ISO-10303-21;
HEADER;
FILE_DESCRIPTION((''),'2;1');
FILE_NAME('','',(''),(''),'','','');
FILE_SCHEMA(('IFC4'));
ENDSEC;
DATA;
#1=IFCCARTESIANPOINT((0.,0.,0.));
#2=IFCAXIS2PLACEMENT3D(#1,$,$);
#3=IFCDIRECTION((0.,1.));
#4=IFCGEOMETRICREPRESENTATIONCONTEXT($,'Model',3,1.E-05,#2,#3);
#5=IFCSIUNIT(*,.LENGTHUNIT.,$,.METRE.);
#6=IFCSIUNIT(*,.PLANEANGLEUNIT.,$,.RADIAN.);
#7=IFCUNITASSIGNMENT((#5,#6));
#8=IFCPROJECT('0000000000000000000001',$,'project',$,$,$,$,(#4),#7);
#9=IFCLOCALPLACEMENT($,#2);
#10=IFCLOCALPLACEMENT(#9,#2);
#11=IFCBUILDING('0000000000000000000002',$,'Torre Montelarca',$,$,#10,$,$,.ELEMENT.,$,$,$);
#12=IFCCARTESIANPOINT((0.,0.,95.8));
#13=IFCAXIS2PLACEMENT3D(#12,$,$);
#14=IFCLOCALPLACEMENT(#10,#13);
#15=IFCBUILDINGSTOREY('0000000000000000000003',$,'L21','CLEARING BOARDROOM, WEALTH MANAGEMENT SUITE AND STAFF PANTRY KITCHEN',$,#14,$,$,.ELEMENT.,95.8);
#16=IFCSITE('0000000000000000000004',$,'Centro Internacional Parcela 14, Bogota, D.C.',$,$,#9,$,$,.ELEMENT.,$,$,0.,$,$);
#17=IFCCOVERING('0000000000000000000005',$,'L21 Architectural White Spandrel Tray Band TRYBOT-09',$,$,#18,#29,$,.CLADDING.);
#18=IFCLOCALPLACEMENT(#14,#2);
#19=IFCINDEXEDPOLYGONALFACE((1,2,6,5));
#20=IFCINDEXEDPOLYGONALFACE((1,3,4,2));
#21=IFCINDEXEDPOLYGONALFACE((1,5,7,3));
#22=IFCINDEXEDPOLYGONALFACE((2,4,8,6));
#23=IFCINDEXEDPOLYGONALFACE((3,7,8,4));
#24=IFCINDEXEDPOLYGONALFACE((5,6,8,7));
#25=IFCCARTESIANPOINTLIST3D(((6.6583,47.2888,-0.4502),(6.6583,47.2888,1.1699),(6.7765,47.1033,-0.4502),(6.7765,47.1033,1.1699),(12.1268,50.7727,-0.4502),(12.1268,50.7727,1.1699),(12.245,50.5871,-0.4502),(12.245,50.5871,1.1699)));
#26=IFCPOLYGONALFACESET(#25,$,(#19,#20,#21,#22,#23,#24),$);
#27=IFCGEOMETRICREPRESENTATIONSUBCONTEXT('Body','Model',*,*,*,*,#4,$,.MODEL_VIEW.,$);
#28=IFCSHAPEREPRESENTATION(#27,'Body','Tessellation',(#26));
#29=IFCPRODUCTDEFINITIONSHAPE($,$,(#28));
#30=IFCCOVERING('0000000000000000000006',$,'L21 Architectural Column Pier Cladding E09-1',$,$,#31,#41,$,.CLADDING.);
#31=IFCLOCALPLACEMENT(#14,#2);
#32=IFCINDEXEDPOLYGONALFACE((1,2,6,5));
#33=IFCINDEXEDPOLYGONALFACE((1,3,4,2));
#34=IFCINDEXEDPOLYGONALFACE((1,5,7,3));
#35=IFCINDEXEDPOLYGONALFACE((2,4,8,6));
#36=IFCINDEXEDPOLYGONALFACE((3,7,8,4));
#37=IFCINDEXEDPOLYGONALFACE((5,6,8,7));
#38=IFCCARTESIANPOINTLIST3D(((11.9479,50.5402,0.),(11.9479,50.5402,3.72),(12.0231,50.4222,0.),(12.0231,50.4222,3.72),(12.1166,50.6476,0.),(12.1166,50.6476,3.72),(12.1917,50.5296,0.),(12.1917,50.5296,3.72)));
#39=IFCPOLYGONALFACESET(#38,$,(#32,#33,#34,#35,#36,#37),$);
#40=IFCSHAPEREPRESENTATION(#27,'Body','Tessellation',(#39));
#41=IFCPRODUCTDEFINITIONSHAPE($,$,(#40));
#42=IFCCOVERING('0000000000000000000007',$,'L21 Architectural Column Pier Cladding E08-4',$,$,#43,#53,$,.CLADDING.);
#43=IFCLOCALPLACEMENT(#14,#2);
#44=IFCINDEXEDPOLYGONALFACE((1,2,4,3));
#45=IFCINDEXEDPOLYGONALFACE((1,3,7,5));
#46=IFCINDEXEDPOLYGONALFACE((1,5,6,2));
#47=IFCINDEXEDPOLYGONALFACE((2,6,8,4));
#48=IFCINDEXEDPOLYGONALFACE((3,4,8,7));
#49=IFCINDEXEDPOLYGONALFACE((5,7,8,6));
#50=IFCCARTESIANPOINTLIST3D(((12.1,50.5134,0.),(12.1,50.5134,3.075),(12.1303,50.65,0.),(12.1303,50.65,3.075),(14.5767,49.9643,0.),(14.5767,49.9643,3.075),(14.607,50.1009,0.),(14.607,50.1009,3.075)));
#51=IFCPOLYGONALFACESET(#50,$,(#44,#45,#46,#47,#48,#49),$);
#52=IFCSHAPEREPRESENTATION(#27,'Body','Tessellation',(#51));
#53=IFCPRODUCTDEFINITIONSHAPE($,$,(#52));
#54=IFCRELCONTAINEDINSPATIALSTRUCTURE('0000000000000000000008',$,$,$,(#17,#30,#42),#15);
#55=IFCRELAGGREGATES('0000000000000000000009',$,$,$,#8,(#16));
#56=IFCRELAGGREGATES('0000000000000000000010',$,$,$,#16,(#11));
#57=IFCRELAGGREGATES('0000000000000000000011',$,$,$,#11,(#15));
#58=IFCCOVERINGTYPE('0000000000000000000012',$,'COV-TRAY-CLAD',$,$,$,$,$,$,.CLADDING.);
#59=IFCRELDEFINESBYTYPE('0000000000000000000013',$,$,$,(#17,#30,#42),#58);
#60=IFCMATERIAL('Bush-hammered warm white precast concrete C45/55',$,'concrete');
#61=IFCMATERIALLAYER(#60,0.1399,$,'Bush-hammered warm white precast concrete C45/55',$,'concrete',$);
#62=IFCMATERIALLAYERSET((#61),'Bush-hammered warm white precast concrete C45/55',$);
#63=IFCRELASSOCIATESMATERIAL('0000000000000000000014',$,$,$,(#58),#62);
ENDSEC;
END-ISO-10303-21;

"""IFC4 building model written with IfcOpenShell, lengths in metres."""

from ifc_helpers import new_model, si_unit, direction, frame, origin, origin_2d, place, context, subcontext, project, spatial, rectangle, extrude, source, transform, mapped, material, layer, layer_set, type_object, element, save


model = new_model("IFC4")

# Units and contexts
model_context = context("Model", 3, precision=1e-05, world=origin(), true_north=direction((0.0, 1.0)))
body_context = subcontext(model_context, "Body", "Model", "MODEL_VIEW")
ifc_project = project(units=[si_unit("LENGTHUNIT", "METRE"), si_unit("PLANEANGLEUNIT", "RADIAN")], contexts=[model_context])

# Site, building, storey
site_placement = place(None, origin())
site = spatial("IfcSite", under=ifc_project, at=site_placement, Name="Centro Internacional Parcela 14, Bogota, D.C.", CompositionType="ELEMENT", RefElevation=0.0)
building_placement = place(site_placement, origin())
building = spatial("IfcBuilding", under=site, at=building_placement, Name="Torre Montelarca", CompositionType="ELEMENT")
storey_placement = place(building_placement, frame((0.0, 0.0, 95.8)))
storey = spatial("IfcBuildingStorey", under=building, at=storey_placement, Name="L21", Description="CLEARING BOARDROOM, WEALTH MANAGEMENT SUITE AND STAFF PANTRY KITCHEN", CompositionType="ELEMENT", Elevation=95.8)

# Coverings
ifc_material_1 = material(Name="Bush-hammered warm white precast concrete C45/55", Category="concrete")
ifc_layer_1 = layer(ifc_material_1, 0.1399, Name="Bush-hammered warm white precast concrete C45/55", Category="concrete")
ifc_layer_set_1 = layer_set([ifc_layer_1], Name="Bush-hammered warm white precast concrete C45/55")
covering_type = type_object("IfcCoveringType", Name="COV-TRAY-CLAD", PredefinedType="CLADDING", material=ifc_layer_set_1)
shared_shape_1 = source(origin(), body_context, "Body", "SweptSolid", [
    extrude(rectangle(XDim=6.4839, YDim=0.22, at=origin_2d()), origin(), (0.0, 0.0, 1.0), 1.6201),
])
covering_1_placement = place(storey_placement, frame((9.4517, 48.938, -0.4502), z_axis=(0.0, 0.0, 1.0), x_axis=(-0.843388, -0.537305, 0.0)))
element("IfcCovering", 1, at=covering_1_placement, inside=storey, type_object=covering_type, Name="L21 Architectural White Spandrel Tray Band TRYBOT-09", PredefinedType="CLADDING", context=body_context, shape_type="MappedRepresentation", body=[
    mapped(shared_shape_1, transform((0.0, 0.0, 0.0), scale=1.0)),
])
shared_shape_2 = source(origin(), body_context, "Body", "SweptSolid", [
    extrude(rectangle(XDim=0.2, YDim=0.1399, at=origin_2d()), origin(), (0.0, 0.0, 1.0), 3.72),
])
covering_2_placement = place(storey_placement, frame((12.0698, 50.5349, 0.0), z_axis=(0.0, 0.0, 1.0), x_axis=(-0.843382, -0.537314, 0.0)))
element("IfcCovering", 2, at=covering_2_placement, inside=storey, type_object=covering_type, Name="L21 Architectural Column Pier Cladding E09-1", PredefinedType="CLADDING", context=body_context, shape_type="MappedRepresentation", body=[
    mapped(shared_shape_2, transform((0.0, 0.0, 0.0), scale=1.0)),
])
shared_shape_3 = source(origin(), body_context, "Body", "SweptSolid", [
    extrude(rectangle(XDim=2.5369, YDim=0.1399, at=origin_2d()), origin(), (0.0, 0.0, 1.0), 3.075),
])
covering_3_placement = place(storey_placement, frame((13.3535, 50.3071, 0.0), z_axis=(0.0, 0.0, 1.0), x_axis=(-0.976296, 0.21644, 0.0)))
element("IfcCovering", 3, at=covering_3_placement, inside=storey, type_object=covering_type, Name="L21 Architectural Column Pier Cladding E08-4", PredefinedType="CLADDING", context=body_context, shape_type="MappedRepresentation", body=[
    mapped(shared_shape_3, transform((0.0, 0.0, 0.0), scale=1.0)),
])

save(model, "model.ifc")
